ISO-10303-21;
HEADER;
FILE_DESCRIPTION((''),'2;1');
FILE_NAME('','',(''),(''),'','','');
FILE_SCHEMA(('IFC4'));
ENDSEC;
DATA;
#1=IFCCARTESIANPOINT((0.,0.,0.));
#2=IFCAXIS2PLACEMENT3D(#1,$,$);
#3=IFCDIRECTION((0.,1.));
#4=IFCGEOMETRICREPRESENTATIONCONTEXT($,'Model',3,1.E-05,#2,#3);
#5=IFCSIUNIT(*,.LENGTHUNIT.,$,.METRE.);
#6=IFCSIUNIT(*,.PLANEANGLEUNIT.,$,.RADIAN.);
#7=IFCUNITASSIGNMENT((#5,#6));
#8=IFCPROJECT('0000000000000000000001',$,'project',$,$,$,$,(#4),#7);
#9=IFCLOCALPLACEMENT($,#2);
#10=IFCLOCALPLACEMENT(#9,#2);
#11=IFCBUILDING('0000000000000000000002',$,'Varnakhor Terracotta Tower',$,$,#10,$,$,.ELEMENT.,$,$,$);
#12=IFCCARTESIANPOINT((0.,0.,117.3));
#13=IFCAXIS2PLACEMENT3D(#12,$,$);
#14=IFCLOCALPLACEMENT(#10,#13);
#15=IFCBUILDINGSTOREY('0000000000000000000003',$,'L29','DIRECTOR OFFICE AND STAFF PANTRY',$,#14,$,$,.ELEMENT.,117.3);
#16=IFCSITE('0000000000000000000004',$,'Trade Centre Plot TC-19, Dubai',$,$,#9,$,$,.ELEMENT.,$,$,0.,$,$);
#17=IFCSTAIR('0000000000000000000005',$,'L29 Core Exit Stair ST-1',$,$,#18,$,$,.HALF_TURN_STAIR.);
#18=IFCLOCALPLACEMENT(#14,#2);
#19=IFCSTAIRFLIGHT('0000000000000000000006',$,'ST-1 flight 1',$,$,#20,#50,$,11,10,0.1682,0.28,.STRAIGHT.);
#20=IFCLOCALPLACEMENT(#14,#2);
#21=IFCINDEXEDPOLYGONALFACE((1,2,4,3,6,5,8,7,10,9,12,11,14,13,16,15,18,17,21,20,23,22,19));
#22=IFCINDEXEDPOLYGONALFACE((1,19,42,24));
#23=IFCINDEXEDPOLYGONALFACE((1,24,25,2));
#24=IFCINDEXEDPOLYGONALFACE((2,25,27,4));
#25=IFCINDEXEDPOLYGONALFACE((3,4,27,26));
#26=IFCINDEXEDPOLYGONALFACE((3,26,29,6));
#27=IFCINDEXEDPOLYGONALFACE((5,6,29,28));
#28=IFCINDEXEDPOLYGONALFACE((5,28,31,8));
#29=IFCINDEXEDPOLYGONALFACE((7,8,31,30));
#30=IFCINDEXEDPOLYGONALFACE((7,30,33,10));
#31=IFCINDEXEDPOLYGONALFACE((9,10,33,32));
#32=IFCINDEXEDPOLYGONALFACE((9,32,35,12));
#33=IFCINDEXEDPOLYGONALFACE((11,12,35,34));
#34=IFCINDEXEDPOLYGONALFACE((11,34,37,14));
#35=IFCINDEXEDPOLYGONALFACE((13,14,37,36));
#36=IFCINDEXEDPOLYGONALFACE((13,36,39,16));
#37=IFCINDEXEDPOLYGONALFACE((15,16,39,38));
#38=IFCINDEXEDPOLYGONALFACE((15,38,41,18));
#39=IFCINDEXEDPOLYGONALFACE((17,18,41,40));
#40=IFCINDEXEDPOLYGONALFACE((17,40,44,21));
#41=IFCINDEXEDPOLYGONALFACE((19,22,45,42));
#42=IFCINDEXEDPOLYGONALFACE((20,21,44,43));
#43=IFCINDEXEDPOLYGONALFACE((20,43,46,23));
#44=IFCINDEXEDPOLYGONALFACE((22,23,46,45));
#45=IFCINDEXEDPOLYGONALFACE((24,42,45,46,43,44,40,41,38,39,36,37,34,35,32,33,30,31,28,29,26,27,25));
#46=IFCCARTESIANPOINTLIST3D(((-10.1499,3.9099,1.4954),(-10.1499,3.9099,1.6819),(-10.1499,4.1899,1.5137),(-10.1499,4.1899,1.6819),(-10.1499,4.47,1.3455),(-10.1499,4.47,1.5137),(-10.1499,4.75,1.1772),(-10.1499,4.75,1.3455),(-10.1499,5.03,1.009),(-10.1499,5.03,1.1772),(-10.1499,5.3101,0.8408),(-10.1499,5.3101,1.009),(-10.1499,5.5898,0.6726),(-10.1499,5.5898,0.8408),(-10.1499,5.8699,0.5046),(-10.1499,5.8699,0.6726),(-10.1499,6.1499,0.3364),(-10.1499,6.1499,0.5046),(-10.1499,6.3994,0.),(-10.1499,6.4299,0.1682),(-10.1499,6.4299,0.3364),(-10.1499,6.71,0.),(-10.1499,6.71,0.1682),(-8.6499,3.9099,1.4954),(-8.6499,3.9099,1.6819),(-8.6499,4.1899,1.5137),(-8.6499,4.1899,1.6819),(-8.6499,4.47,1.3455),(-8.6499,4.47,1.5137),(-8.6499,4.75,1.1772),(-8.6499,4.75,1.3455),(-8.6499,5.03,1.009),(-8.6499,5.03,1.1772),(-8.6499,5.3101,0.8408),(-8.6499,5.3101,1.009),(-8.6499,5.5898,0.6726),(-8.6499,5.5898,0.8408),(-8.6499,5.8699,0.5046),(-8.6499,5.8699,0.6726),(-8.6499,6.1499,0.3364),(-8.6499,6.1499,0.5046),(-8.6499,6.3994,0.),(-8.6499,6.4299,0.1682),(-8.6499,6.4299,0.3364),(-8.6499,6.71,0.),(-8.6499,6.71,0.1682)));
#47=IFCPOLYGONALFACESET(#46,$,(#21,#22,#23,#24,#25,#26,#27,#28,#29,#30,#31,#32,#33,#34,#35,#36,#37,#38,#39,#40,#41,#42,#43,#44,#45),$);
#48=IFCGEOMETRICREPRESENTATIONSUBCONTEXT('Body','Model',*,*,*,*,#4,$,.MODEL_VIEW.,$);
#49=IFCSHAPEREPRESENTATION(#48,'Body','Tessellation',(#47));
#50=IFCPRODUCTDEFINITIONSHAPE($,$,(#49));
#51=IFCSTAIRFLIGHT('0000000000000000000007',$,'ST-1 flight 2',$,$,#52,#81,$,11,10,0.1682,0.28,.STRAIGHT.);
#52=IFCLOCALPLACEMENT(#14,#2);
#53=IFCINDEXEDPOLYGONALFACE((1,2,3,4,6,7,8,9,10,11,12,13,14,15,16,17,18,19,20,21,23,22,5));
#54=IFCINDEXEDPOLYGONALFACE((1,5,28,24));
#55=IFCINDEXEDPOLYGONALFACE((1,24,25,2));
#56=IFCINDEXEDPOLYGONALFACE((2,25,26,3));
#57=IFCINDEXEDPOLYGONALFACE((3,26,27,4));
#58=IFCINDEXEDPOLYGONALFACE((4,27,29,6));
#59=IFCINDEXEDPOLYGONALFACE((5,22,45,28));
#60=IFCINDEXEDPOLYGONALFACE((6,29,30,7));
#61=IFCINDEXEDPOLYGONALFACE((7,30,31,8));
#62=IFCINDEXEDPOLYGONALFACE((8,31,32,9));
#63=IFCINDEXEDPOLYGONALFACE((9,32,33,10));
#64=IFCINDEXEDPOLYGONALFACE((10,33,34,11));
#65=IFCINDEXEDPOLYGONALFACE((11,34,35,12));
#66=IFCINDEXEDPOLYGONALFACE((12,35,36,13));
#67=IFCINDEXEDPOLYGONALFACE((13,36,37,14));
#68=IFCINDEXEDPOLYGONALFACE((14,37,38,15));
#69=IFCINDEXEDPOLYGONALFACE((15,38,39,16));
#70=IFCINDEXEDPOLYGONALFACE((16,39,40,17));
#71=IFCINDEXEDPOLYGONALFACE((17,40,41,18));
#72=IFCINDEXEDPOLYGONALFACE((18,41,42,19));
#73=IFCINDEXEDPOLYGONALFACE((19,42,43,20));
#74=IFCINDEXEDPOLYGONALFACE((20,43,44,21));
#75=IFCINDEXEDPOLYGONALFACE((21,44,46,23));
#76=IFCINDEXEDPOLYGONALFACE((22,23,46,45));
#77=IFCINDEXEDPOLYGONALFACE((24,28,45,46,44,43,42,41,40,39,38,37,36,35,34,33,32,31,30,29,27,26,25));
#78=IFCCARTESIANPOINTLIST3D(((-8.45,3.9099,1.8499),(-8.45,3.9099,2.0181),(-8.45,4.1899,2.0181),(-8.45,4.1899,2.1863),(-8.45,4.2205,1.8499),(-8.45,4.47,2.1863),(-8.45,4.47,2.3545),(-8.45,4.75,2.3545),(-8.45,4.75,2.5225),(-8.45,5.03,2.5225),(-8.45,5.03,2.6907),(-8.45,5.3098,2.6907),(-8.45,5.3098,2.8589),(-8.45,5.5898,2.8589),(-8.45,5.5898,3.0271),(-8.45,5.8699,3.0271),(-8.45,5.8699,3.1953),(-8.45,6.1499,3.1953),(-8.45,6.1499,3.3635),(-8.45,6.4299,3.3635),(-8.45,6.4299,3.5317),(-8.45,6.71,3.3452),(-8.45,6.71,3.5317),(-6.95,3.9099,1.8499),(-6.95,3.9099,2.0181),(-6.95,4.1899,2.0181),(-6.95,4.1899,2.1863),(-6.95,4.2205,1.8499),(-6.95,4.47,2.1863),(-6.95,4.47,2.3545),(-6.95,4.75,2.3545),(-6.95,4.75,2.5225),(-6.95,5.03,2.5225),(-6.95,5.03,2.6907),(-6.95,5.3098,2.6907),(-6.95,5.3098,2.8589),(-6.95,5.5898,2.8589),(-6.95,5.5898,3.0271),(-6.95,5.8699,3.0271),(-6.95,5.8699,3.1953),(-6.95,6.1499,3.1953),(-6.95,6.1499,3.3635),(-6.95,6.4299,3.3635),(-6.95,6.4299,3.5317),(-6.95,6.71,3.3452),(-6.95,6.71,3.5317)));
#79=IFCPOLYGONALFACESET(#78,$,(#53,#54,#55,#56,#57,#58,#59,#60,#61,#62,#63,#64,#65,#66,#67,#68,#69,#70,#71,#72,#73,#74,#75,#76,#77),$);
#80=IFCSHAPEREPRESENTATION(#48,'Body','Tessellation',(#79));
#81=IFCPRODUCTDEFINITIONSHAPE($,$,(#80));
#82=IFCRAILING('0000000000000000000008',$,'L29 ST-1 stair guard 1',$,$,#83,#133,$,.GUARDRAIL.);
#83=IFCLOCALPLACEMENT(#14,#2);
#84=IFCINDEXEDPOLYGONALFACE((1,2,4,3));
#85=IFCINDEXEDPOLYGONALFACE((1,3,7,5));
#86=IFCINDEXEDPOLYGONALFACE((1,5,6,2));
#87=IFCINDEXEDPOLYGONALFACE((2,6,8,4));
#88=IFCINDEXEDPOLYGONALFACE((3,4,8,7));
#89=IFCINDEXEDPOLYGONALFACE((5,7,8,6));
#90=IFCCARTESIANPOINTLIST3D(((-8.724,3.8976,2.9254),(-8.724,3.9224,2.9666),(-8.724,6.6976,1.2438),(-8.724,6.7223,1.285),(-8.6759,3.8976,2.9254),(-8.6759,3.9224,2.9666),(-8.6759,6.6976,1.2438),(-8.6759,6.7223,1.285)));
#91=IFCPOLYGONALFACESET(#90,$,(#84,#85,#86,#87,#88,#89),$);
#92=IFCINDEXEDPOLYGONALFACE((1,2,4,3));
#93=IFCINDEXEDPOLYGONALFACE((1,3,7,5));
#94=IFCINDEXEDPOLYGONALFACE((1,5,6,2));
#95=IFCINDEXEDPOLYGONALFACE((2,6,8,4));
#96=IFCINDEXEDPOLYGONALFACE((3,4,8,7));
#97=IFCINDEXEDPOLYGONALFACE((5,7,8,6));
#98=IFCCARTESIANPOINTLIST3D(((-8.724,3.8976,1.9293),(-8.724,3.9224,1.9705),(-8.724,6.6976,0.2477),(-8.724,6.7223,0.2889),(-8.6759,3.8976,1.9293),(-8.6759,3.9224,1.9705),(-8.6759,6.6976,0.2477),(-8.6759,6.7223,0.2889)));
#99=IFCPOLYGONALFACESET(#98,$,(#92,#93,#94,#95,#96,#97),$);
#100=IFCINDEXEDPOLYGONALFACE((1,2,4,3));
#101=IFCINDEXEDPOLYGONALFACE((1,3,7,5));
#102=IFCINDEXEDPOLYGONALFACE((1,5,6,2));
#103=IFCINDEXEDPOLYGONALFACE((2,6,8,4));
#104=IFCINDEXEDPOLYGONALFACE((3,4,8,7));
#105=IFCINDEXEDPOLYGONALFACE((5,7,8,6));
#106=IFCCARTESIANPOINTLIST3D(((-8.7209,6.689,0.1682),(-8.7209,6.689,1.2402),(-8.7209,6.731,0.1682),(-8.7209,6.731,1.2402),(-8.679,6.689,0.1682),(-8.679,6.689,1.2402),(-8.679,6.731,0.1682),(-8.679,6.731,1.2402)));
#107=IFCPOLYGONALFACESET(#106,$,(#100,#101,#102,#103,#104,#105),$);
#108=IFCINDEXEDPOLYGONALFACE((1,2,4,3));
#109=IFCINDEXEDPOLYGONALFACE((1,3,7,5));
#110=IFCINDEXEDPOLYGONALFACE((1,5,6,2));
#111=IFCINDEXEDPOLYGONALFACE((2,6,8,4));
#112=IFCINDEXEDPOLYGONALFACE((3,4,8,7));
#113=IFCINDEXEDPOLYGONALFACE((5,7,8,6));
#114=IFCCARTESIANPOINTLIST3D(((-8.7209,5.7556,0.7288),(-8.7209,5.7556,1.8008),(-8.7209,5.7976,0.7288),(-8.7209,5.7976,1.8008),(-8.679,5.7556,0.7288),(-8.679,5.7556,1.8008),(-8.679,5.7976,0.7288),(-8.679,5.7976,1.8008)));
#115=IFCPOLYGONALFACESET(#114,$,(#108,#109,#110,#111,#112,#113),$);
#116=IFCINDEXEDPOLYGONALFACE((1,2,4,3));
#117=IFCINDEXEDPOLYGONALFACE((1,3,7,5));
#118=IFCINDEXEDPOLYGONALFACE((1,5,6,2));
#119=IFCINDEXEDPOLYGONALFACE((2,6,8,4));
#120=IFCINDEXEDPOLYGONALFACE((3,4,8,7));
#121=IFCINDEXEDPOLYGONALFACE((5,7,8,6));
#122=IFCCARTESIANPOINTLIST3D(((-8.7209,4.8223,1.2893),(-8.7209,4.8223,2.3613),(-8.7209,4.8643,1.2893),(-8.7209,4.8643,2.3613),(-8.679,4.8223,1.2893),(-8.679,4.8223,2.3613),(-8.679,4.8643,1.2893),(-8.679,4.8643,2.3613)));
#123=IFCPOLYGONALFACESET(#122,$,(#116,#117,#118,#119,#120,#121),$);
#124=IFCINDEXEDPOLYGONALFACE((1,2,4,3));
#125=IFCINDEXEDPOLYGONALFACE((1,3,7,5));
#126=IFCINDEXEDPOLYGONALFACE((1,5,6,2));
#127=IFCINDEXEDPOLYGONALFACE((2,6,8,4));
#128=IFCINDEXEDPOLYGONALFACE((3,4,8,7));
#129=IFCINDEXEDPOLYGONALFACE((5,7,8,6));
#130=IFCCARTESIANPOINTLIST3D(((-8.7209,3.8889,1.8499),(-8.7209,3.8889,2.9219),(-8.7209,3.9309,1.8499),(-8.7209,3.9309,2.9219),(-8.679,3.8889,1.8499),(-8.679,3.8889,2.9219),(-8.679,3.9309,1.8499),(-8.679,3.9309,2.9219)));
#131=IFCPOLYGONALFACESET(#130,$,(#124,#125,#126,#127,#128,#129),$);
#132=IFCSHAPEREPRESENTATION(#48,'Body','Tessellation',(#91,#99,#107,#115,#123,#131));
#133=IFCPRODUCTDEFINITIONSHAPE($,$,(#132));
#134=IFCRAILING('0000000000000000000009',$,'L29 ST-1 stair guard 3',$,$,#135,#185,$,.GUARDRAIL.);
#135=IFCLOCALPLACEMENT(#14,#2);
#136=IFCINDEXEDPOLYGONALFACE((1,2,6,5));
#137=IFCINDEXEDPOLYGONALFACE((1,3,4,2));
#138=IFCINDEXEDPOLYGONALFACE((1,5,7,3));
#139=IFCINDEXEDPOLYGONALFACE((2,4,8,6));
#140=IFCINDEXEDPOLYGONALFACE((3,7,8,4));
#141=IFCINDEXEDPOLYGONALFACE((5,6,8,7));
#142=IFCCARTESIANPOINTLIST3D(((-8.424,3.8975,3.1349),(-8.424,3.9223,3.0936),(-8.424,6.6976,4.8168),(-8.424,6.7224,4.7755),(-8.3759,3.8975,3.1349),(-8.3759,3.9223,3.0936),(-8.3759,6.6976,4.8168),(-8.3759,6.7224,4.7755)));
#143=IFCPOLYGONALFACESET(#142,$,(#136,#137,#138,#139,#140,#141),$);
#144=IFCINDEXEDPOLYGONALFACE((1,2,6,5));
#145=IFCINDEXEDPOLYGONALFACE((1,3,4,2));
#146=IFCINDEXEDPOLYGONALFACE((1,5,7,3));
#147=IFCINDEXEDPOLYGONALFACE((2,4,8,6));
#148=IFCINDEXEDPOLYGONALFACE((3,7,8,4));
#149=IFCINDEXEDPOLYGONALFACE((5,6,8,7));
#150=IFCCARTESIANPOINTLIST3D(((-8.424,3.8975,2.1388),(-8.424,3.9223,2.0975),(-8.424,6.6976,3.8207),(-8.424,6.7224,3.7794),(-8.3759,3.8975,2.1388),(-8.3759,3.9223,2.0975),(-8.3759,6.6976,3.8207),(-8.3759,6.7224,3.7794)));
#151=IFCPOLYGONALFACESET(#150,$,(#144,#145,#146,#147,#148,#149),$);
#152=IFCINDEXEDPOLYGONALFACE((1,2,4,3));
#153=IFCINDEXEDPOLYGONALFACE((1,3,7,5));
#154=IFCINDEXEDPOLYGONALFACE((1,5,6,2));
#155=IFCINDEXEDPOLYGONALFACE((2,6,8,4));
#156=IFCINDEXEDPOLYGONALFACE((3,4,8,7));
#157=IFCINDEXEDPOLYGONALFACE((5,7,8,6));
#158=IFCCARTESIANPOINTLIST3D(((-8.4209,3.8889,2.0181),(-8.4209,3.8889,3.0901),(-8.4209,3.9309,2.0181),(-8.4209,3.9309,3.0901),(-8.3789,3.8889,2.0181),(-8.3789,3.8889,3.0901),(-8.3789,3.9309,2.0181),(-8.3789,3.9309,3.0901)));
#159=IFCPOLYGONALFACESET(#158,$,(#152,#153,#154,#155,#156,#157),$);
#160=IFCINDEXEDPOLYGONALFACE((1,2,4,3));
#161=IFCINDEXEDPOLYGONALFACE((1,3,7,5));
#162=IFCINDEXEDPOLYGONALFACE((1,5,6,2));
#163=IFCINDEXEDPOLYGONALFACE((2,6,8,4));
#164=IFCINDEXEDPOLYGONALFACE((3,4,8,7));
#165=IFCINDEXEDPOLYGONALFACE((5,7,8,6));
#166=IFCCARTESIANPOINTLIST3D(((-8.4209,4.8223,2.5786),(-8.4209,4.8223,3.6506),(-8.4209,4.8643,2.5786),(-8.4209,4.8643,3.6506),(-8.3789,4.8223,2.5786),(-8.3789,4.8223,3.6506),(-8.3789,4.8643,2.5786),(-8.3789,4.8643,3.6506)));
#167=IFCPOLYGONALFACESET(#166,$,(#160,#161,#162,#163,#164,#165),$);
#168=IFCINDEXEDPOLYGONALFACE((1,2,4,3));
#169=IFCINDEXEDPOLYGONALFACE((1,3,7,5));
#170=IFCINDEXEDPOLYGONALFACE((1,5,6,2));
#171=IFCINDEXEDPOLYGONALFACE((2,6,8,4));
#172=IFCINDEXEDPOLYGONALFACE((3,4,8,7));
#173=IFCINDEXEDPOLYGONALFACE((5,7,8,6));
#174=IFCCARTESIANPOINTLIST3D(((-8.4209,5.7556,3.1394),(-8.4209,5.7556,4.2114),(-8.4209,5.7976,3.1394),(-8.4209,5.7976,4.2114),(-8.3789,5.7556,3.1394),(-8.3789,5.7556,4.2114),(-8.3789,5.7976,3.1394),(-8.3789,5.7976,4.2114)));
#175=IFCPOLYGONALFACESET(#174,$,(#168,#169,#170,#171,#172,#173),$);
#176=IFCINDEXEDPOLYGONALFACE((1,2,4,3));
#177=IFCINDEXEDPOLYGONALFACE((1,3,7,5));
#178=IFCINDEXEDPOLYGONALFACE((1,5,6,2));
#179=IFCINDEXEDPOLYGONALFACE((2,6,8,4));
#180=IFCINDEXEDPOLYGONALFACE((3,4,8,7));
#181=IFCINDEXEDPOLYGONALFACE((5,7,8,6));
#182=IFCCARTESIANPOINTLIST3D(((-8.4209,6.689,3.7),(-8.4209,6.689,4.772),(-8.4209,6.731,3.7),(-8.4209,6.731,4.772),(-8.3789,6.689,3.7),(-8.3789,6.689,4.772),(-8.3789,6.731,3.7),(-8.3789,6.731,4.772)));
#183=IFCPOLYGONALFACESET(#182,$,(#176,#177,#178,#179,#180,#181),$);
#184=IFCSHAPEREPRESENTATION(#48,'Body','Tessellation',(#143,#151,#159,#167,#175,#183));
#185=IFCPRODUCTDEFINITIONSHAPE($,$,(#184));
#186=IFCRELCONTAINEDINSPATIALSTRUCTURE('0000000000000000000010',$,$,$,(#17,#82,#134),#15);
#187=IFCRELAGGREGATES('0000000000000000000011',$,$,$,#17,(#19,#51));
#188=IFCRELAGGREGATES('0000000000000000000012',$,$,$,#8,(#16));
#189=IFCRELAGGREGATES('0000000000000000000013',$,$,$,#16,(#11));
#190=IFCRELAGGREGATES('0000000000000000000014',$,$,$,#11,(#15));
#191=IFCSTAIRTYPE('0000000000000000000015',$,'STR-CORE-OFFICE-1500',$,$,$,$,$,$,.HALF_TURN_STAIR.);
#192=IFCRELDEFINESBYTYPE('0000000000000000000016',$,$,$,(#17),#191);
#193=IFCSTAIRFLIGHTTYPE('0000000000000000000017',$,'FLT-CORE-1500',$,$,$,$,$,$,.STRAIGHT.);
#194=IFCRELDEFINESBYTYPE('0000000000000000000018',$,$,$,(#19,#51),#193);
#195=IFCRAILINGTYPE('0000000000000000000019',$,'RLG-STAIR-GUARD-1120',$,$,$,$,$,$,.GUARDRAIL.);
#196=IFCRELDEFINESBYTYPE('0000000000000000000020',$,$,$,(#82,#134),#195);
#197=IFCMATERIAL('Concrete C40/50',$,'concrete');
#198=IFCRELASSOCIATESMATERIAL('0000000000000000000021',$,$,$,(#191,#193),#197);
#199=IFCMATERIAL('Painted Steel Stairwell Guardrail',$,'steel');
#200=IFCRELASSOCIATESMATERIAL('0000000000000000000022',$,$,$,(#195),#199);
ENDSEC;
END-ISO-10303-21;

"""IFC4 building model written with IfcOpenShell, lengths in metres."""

from ifc_helpers import new_model, si_unit, direction, frame, origin, origin_2d, place, context, subcontext, project, spatial, polyline, rectangle, outline, extrude, material, type_object, element, aggregate, save


model = new_model("IFC4")

# Units and contexts
model_context = context("Model", 3, precision=1e-05, world=origin(), true_north=direction((0.0, 1.0)))
body_context = subcontext(model_context, "Body", "Model", "MODEL_VIEW")
ifc_project = project(units=[si_unit("LENGTHUNIT", "METRE"), si_unit("PLANEANGLEUNIT", "RADIAN")], contexts=[model_context])

# Site, building, storey
site_placement = place(None, origin())
site = spatial("IfcSite", under=ifc_project, at=site_placement, Name="Trade Centre Plot TC-19, Dubai", CompositionType="ELEMENT", RefElevation=0.0)
building_placement = place(site_placement, origin())
building = spatial("IfcBuilding", under=site, at=building_placement, Name="Varnakhor Terracotta Tower", CompositionType="ELEMENT")
storey_placement = place(building_placement, frame((0.0, 0.0, 117.3)))
storey = spatial("IfcBuildingStorey", under=building, at=storey_placement, Name="L29", Description="DIRECTOR OFFICE AND STAFF PANTRY", CompositionType="ELEMENT", Elevation=117.3)

# Shared definitions
ifc_material_1 = material(Name="Concrete C40/50", Category="concrete")

# Stair, stair flights
stair_type = type_object("IfcStairType", Name="STR-CORE-OFFICE-1500", PredefinedType="HALF_TURN_STAIR", material=ifc_material_1)
stair_placement = place(storey_placement, origin())
stair = element("IfcStair", 1, at=stair_placement, inside=storey, type_object=stair_type, Name="L29 Core Exit Stair ST-1", PredefinedType="HALF_TURN_STAIR")
stair_flight_type = type_object("IfcStairFlightType", Name="FLT-CORE-1500", PredefinedType="STRAIGHT", material=ifc_material_1)
stair_flight_1_placement = place(storey_placement, frame((-9.3999, 6.71, 0.0), z_axis=(0.0, 0.0, 1.0), x_axis=(0.0, -1.0, 0.0)))
stair_flight_1 = element("IfcStairFlight", 2, at=stair_flight_1_placement, type_object=stair_flight_type, Name="ST-1 flight 1", NumberOfRisers=11, NumberOfTreads=10, PredefinedType="STRAIGHT", RiserHeight=0.1682, TreadLength=0.28, context=body_context, shape_type="SweptSolid", body=[
    extrude(outline(polyline([(0.0, 0.0), (0.0, 0.1682), (0.28, 0.1682), (0.28, 0.3364), (0.5601, 0.3364), (0.5601, 0.5046), (0.8401, 0.5046), (0.8401, 0.6726), (1.1201, 0.6726), (1.1201, 0.8408), (1.3999, 0.8408), (1.3999, 1.009), (1.6799, 1.009), (1.6799, 1.1772), (1.96, 1.1772), (1.96, 1.3455), (2.24, 1.3455), (2.24, 1.5137), (2.52, 1.5137), (2.52, 1.6819), (2.8, 1.6819), (2.8, 1.8501), (2.8, 1.4954), (0.3105, 0.0), (0.0, 0.0)])), frame((0.0, 0.75, 0.0), z_axis=(0.0, -1.0, 0.0), x_axis=(1.0, 0.0, 0.0)), (0.0, 0.0, 1.0), 1.5),
])
stair_flight_2_placement = place(storey_placement, frame((-7.7, 3.9099, 1.8499), z_axis=(0.0, 0.0, 1.0), x_axis=(0.0, 1.0, 0.0)))
stair_flight_2 = element("IfcStairFlight", 3, at=stair_flight_2_placement, type_object=stair_flight_type, Name="ST-1 flight 2", NumberOfRisers=11, NumberOfTreads=10, PredefinedType="STRAIGHT", RiserHeight=0.1682, TreadLength=0.28, context=body_context, shape_type="SweptSolid", body=[
    extrude(outline(polyline([(0.0, 0.0), (0.0, 0.1682), (0.28, 0.1682), (0.28, 0.3364), (0.5601, 0.3364), (0.5601, 0.5046), (0.8401, 0.5046), (0.8401, 0.6726), (1.1201, 0.6726), (1.1201, 0.8408), (1.3999, 0.8408), (1.3999, 1.009), (1.6799, 1.009), (1.6799, 1.1772), (1.96, 1.1772), (1.96, 1.3455), (2.24, 1.3455), (2.24, 1.5137), (2.52, 1.5137), (2.52, 1.6819), (2.8, 1.6819), (2.8, 1.8501), (2.8, 1.4954), (0.3105, 0.0), (0.0, 0.0)])), frame((0.0, 0.75, 0.0), z_axis=(0.0, -1.0, 0.0), x_axis=(1.0, 0.0, 0.0)), (0.0, 0.0, 1.0), 1.5),
])
aggregate(stair, [stair_flight_1, stair_flight_2])

# Railings
ifc_material_2 = material(Name="Painted Steel Stairwell Guardrail", Category="steel")
railing_type_1 = type_object("IfcRailingType", Name="RLG-STAIR-GUARD-1120", PredefinedType="GUARDRAIL", material=ifc_material_2)
railing_1_placement = place(storey_placement, frame((-8.7, 6.71, 0.1682)))
element("IfcRailing", 4, at=railing_1_placement, inside=storey, type_object=railing_type_1, Name="L29 ST-1 stair guard 1", PredefinedType="GUARDRAIL", context=body_context, shape_type="SweptSolid", body=[
    extrude(rectangle(XDim=0.0481, YDim=0.0481, at=origin_2d()), frame((0.0, 0.0, 1.0962), z_axis=(0.0, -0.857275, 0.514858), x_axis=(1.0, 0.0, 0.0)), (0.0, 0.0, 1.0), 3.2661),
    extrude(rectangle(XDim=0.0481, YDim=0.0481, at=origin_2d()), frame((0.0, 0.0, 0.1001), z_axis=(0.0, -0.857275, 0.514858), x_axis=(1.0, 0.0, 0.0)), (0.0, 0.0, 1.0), 3.2661),
    extrude(rectangle(XDim=0.042, YDim=0.042, at=origin_2d()), origin(), (0.0, 0.0, 1.0), 1.072),
    extrude(rectangle(XDim=0.042, YDim=0.042, at=origin_2d()), frame((0.0, -0.9333, 0.5605)), (0.0, 0.0, 1.0), 1.072),
    extrude(rectangle(XDim=0.042, YDim=0.042, at=origin_2d()), frame((0.0, -1.8667, 1.1211)), (0.0, 0.0, 1.0), 1.072),
    extrude(rectangle(XDim=0.042, YDim=0.042, at=origin_2d()), frame((0.0, -2.8, 1.6816)), (0.0, 0.0, 1.0), 1.072),
])
railing_2_placement = place(storey_placement, frame((-8.3999, 3.9099, 2.0181)))
element("IfcRailing", 5, at=railing_2_placement, inside=storey, type_object=railing_type_1, Name="L29 ST-1 stair guard 3", PredefinedType="GUARDRAIL", context=body_context, shape_type="SweptSolid", body=[
    extrude(rectangle(XDim=0.0481, YDim=0.0481, at=origin_2d()), frame((0.0, 0.0, 1.0962), z_axis=(0.0, 0.857242, 0.514913), x_axis=(-1.0, 0.0, 0.0)), (0.0, 0.0, 1.0), 3.2664),
    extrude(rectangle(XDim=0.0481, YDim=0.0481, at=origin_2d()), frame((0.0, 0.0, 0.1001), z_axis=(0.0, 0.857242, 0.514913), x_axis=(-1.0, 0.0, 0.0)), (0.0, 0.0, 1.0), 3.2664),
    extrude(rectangle(XDim=0.042, YDim=0.042, at=origin_2d()), origin(), (0.0, 0.0, 1.0), 1.072),
    extrude(rectangle(XDim=0.042, YDim=0.042, at=origin_2d()), frame((0.0, 0.9333, 0.5605)), (0.0, 0.0, 1.0), 1.072),
    extrude(rectangle(XDim=0.042, YDim=0.042, at=origin_2d()), frame((0.0, 1.8667, 1.1213)), (0.0, 0.0, 1.0), 1.072),
    extrude(rectangle(XDim=0.042, YDim=0.042, at=origin_2d()), frame((0.0, 2.8, 1.6819)), (0.0, 0.0, 1.0), 1.072),
])

save(model, "model.ifc")
